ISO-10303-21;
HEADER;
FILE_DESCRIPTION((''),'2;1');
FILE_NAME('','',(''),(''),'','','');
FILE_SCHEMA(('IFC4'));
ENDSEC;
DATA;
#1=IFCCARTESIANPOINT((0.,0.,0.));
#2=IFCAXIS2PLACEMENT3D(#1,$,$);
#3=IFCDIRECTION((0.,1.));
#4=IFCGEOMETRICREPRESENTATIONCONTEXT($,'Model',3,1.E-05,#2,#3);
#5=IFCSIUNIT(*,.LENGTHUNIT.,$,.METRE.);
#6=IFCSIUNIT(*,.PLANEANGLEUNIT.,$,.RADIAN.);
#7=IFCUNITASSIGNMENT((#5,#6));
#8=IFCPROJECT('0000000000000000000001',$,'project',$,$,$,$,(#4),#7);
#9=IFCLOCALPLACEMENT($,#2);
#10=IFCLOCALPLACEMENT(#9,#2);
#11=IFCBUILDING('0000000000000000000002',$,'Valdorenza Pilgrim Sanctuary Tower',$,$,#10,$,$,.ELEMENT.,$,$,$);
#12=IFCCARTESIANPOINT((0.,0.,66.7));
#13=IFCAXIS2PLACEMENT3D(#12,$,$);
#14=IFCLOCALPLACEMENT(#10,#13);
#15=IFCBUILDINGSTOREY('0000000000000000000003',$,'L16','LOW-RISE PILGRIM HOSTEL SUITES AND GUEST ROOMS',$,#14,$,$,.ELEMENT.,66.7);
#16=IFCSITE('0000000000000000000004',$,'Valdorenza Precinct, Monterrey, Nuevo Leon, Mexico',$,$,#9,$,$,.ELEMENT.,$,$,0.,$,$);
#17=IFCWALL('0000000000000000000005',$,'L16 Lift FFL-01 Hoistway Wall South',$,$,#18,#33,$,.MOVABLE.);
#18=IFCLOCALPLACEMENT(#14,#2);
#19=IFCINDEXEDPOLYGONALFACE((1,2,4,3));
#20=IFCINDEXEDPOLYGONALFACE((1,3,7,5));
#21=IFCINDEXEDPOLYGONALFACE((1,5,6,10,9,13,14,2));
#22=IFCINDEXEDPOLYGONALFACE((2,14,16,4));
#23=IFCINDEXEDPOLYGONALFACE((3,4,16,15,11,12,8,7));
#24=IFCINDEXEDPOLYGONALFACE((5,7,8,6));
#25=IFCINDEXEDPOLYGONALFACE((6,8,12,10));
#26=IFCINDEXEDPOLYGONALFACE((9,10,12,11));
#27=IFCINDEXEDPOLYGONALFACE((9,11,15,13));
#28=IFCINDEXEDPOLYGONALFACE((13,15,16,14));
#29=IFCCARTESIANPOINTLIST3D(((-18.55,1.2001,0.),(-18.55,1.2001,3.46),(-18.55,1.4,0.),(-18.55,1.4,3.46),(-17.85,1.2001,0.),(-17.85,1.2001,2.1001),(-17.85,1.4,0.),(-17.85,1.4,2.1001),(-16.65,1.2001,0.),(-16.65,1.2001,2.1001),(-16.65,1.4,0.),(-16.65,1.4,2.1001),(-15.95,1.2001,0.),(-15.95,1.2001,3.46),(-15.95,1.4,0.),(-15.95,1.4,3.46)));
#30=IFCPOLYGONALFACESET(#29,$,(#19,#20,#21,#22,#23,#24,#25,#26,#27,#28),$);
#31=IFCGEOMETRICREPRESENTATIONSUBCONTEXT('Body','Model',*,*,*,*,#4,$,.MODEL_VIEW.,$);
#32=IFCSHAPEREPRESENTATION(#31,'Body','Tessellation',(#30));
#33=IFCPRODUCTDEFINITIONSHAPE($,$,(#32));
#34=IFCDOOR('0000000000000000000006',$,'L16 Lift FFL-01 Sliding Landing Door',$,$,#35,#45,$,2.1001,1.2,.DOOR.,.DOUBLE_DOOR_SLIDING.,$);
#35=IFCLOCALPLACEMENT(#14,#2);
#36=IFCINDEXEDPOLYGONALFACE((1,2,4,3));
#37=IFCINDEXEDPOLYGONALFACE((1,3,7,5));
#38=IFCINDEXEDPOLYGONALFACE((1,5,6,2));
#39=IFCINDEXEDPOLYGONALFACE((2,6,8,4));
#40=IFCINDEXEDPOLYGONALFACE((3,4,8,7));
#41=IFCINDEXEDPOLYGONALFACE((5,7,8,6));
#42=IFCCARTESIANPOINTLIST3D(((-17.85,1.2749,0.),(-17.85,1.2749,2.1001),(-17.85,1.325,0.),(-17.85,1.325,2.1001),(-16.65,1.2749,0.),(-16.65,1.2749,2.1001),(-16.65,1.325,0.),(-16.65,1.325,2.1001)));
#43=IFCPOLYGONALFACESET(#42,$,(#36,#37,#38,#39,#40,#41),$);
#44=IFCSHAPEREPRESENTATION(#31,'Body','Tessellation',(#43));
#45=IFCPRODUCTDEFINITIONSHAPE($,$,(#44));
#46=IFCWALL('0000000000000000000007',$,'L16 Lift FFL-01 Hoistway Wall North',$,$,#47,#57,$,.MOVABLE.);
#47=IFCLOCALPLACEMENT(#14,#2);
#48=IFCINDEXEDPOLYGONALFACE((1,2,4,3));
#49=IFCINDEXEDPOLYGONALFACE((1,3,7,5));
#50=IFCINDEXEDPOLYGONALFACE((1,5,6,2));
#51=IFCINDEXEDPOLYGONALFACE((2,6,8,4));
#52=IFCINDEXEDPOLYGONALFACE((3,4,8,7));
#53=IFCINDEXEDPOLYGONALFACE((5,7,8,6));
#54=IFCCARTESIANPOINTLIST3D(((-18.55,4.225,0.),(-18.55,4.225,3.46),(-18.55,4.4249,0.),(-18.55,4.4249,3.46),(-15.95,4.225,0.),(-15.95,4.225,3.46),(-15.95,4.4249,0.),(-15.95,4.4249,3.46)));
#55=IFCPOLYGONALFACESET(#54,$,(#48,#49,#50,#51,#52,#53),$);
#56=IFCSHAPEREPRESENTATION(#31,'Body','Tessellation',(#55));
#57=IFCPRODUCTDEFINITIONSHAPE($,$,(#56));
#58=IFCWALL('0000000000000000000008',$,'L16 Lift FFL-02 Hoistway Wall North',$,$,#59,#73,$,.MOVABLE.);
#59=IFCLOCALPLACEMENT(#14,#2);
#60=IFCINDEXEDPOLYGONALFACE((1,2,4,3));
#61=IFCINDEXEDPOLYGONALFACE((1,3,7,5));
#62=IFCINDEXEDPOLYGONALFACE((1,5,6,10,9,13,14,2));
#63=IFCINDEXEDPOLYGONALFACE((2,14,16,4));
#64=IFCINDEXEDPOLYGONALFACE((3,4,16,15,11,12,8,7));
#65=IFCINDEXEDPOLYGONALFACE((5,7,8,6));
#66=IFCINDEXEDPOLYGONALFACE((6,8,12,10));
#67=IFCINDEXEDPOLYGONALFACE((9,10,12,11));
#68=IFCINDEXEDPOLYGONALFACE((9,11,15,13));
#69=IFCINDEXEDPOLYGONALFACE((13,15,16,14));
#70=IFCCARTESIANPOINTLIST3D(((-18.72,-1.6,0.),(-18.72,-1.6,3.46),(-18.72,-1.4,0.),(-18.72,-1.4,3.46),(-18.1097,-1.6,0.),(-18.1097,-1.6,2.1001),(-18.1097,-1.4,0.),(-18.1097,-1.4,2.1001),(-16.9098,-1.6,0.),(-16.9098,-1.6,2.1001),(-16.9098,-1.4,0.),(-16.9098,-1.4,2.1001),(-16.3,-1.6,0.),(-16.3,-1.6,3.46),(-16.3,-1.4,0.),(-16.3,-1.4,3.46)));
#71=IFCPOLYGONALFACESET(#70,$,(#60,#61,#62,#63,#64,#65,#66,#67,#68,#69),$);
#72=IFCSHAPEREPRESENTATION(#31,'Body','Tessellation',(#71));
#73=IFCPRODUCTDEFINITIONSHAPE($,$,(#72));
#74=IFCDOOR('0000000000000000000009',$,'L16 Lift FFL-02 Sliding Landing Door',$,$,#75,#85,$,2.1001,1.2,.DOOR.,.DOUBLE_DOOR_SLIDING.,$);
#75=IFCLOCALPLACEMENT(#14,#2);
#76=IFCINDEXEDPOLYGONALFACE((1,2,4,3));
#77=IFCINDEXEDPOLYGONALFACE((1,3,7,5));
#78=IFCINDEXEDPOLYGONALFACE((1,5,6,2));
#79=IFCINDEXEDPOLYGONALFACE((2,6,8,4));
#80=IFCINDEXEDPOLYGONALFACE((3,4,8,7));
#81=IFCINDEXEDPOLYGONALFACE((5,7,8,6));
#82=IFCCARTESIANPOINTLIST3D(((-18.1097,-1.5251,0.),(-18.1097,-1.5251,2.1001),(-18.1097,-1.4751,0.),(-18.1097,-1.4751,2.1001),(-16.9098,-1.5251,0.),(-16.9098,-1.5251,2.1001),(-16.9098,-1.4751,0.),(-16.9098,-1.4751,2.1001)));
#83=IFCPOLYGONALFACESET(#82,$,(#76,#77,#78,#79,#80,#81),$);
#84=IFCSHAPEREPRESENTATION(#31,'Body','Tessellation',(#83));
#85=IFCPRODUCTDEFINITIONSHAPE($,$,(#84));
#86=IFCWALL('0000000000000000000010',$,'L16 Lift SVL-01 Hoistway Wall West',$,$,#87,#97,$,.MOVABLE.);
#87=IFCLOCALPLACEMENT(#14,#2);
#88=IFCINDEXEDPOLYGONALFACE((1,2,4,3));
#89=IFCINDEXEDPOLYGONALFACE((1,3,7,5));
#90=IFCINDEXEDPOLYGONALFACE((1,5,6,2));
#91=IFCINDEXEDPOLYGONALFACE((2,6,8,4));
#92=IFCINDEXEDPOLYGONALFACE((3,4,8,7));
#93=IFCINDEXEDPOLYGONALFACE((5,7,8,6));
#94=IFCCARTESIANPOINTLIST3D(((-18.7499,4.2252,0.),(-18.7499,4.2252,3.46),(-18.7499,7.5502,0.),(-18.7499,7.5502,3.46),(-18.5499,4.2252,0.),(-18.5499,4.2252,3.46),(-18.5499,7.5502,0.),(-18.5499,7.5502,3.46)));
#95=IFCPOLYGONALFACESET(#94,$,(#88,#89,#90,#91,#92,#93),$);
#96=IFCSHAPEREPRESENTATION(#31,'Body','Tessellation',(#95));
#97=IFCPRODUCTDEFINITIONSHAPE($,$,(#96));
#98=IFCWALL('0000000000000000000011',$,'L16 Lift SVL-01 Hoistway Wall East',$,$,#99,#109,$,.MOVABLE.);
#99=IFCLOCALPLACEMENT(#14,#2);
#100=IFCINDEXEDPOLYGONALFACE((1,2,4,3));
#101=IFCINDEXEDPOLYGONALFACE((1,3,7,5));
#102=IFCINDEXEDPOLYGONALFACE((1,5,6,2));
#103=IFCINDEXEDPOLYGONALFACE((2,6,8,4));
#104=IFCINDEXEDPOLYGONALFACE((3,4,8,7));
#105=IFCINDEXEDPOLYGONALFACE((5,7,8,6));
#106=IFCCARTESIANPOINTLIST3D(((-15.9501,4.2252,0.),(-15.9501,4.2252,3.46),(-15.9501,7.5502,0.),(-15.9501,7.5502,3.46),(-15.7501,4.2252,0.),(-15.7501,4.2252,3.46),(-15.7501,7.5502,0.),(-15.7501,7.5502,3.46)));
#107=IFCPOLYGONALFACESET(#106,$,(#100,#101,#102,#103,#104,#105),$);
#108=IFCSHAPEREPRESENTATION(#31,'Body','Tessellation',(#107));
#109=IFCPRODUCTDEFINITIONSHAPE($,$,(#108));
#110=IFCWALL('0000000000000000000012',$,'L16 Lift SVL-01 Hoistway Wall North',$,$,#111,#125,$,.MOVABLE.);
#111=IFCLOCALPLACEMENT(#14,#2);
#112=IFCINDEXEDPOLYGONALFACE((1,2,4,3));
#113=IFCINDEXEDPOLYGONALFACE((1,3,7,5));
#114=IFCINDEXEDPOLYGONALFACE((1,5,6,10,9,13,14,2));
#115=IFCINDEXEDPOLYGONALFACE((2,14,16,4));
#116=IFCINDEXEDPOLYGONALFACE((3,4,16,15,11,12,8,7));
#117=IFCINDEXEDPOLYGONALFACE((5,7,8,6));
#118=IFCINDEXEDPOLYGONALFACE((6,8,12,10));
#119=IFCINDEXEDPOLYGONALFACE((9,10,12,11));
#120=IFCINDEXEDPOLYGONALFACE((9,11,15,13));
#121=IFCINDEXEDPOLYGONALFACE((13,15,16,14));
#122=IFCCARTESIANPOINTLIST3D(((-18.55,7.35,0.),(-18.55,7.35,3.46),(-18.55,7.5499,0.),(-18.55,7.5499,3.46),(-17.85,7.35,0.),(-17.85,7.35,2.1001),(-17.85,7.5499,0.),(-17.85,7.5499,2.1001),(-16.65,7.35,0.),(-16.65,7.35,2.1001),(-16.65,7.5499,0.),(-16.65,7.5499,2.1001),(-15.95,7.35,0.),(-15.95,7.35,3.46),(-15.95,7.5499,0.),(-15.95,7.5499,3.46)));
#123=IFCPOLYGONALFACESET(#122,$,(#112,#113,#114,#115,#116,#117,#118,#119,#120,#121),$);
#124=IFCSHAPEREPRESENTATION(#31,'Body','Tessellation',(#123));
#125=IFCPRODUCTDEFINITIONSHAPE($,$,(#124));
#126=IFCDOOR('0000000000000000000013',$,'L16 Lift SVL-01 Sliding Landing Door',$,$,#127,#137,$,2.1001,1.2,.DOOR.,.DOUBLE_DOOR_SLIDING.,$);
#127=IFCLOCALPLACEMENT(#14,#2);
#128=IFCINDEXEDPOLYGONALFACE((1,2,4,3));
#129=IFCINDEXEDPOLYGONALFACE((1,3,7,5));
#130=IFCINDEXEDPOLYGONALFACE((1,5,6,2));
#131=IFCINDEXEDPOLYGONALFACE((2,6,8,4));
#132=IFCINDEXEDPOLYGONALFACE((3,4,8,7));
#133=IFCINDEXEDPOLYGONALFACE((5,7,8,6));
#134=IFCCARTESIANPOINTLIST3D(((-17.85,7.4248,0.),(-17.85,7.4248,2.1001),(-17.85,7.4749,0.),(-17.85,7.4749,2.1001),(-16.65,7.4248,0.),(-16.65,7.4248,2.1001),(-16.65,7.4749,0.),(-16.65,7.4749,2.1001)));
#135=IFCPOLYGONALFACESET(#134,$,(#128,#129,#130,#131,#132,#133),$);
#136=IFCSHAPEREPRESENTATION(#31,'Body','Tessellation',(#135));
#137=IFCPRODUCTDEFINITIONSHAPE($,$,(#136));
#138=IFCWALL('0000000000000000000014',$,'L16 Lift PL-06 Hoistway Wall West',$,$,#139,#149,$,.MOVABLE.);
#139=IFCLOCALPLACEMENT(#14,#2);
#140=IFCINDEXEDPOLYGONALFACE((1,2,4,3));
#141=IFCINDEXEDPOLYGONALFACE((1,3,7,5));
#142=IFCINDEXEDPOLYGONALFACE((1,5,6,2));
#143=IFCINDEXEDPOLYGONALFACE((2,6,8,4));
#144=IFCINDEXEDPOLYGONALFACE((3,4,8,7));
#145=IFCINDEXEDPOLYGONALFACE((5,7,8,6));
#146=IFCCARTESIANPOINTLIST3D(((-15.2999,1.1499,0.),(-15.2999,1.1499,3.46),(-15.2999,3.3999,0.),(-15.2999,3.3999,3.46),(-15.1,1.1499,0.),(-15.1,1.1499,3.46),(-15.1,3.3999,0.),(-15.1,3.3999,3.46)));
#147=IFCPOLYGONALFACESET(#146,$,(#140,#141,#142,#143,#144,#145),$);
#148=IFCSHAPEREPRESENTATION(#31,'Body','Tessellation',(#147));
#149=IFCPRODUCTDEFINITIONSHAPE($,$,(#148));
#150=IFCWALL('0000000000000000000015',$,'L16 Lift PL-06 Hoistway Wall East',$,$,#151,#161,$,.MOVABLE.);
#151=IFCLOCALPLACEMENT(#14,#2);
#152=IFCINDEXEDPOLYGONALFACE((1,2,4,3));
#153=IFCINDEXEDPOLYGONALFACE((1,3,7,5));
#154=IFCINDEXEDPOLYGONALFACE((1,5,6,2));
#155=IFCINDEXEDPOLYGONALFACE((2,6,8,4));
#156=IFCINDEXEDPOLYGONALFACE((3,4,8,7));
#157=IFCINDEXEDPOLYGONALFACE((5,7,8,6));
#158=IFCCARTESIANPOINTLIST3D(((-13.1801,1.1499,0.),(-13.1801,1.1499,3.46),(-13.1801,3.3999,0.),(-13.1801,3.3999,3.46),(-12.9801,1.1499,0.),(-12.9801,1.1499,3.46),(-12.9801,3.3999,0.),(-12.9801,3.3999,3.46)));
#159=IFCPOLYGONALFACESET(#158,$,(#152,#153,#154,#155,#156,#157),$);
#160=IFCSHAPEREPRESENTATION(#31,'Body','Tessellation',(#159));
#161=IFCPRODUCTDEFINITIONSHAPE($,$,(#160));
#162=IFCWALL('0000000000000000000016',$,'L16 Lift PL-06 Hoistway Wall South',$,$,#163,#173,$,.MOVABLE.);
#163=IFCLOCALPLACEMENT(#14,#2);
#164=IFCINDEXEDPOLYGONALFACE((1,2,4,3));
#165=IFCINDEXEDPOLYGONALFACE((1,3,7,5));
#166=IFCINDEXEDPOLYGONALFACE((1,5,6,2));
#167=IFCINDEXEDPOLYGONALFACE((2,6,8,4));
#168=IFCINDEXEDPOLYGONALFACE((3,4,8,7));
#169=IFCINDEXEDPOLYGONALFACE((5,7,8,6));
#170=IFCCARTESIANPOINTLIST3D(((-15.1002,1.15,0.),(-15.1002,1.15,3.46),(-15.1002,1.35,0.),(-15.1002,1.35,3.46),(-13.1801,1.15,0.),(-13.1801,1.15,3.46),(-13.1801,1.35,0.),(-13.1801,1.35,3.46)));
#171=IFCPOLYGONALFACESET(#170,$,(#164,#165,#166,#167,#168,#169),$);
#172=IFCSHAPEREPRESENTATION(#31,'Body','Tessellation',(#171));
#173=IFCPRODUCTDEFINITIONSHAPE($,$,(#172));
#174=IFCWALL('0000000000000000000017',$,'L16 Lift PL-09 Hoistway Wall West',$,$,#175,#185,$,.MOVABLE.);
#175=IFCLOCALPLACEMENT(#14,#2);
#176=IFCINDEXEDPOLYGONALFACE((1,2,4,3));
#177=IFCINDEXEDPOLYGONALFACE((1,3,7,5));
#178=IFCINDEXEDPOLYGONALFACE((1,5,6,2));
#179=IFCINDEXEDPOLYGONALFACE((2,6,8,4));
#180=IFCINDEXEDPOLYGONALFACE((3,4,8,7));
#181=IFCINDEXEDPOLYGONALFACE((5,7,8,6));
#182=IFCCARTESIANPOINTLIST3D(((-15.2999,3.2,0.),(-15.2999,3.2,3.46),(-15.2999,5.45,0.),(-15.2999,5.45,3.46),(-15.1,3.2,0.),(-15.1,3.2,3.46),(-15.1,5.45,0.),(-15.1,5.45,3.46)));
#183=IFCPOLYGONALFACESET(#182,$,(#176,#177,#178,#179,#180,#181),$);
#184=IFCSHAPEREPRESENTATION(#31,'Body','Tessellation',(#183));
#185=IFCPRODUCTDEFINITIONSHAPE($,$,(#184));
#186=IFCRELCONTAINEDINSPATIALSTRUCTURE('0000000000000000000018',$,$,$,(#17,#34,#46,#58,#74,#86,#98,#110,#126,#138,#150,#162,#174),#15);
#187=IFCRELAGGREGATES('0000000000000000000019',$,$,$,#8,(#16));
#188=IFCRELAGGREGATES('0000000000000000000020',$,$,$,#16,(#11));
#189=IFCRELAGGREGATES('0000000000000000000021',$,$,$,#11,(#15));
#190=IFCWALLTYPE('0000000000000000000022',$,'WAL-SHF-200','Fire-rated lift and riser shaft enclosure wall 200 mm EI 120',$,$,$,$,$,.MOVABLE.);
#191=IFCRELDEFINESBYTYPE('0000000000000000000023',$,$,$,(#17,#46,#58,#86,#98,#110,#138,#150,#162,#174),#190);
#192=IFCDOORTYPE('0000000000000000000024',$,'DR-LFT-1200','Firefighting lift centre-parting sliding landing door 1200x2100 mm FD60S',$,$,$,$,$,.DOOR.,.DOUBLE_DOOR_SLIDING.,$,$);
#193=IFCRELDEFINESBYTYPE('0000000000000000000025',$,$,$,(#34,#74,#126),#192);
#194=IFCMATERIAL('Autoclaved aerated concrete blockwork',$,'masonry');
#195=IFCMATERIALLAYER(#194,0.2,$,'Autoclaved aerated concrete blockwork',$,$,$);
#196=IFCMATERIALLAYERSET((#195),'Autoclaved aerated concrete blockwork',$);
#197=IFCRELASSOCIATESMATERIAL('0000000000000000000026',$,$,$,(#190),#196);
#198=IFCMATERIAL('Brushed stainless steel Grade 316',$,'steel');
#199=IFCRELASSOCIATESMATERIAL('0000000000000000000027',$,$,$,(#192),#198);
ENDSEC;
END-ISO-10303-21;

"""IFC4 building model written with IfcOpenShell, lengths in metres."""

from ifc_helpers import new_model, si_unit, direction, frame, frame_2d, origin, place, context, subcontext, project, spatial, rectangle, extrude, material, layer, layer_set, type_object, element, fill, save


model = new_model("IFC4")

# Units and contexts
model_context = context("Model", 3, precision=1e-05, world=origin(), true_north=direction((0.0, 1.0)))
body_context = subcontext(model_context, "Body", "Model", "MODEL_VIEW")
ifc_project = project(units=[si_unit("LENGTHUNIT", "METRE"), si_unit("PLANEANGLEUNIT", "RADIAN")], contexts=[model_context])

# Site, building, storey
site_placement = place(None, origin())
site = spatial("IfcSite", under=ifc_project, at=site_placement, Name="Valdorenza Precinct, Monterrey, Nuevo Leon, Mexico", CompositionType="ELEMENT", RefElevation=0.0)
building_placement = place(site_placement, origin())
building = spatial("IfcBuilding", under=site, at=building_placement, Name="Valdorenza Pilgrim Sanctuary Tower", CompositionType="ELEMENT")
storey_placement = place(building_placement, frame((0.0, 0.0, 66.7)))
storey = spatial("IfcBuildingStorey", under=building, at=storey_placement, Name="L16", Description="LOW-RISE PILGRIM HOSTEL SUITES AND GUEST ROOMS", CompositionType="ELEMENT", Elevation=66.7)

# Shared definitions
ifc_material_1 = material(Name="Autoclaved aerated concrete blockwork", Category="masonry")
ifc_layer_1 = layer(ifc_material_1, 0.2, Name="Autoclaved aerated concrete blockwork")
ifc_layer_set_1 = layer_set([ifc_layer_1], Name="Autoclaved aerated concrete blockwork")
wall_type_1 = type_object("IfcWallType", Name="WAL-SHF-200", Description="Fire-rated lift and riser shaft enclosure wall 200 mm EI 120", PredefinedType="MOVABLE", material=ifc_layer_set_1)

# Wall, opening, door
wall_1_placement = place(storey_placement, frame((-18.55, 1.3, 0.0), z_axis=(0.0, 0.0, 1.0), x_axis=(1.0, 0.0, 0.0)))
wall_1 = element("IfcWall", 1, at=wall_1_placement, inside=storey, type_object=wall_type_1, Name="L16 Lift FFL-01 Hoistway Wall South", PredefinedType="MOVABLE", context=body_context, shape_type="SweptSolid", body=[
    extrude(rectangle(XDim=2.6001, YDim=0.2, at=frame_2d((1.3, 0.0))), origin(), (0.0, 0.0, 1.0), 3.46),
])
opening_1_placement = place(wall_1_placement, frame((0.7, 0.0, 0.0)))
opening_1 = element("IfcOpeningElement", 2, at=opening_1_placement, cuts=wall_1, PredefinedType="OPENING", context=body_context, shape_type="SweptSolid", body=[
    extrude(rectangle(XDim=1.2, YDim=2.1001, at=frame_2d((0.6001, 1.05))), frame((0.0, 0.1147, 0.0), z_axis=(0.0, -1.0, 0.0), x_axis=(1.0, 0.0, 0.0)), (0.0, 0.0, 1.0), 0.2297),
])
ifc_material_2 = material(Name="Brushed stainless steel Grade 316", Category="steel")
door_type_1 = type_object("IfcDoorType", Name="DR-LFT-1200", Description="Firefighting lift centre-parting sliding landing door 1200x2100 mm FD60S", OperationType="DOUBLE_DOOR_SLIDING", PredefinedType="DOOR", material=ifc_material_2)
door_1_placement = place(opening_1_placement, origin())
door_1 = element("IfcDoor", 3, at=door_1_placement, inside=storey, type_object=door_type_1, Name="L16 Lift FFL-01 Sliding Landing Door", OperationType="DOUBLE_DOOR_SLIDING", OverallHeight=2.1001, OverallWidth=1.2, PredefinedType="DOOR", context=body_context, shape_type="SweptSolid", body=[
    extrude(rectangle(XDim=1.2, YDim=2.1001, at=frame_2d((0.6001, 1.05))), frame((0.0, 0.0249, 0.0), z_axis=(0.0, -1.0, 0.0), x_axis=(1.0, 0.0, 0.0)), (0.0, 0.0, 1.0), 0.05),
])
fill(opening_1, door_1)

# Wall
wall_2_placement = place(storey_placement, frame((-18.55, 4.325, 0.0), z_axis=(0.0, 0.0, 1.0), x_axis=(1.0, 0.0, 0.0)))
element("IfcWall", 4, at=wall_2_placement, inside=storey, type_object=wall_type_1, Name="L16 Lift FFL-01 Hoistway Wall North", PredefinedType="MOVABLE", context=body_context, shape_type="SweptSolid", body=[
    extrude(rectangle(XDim=2.6001, YDim=0.2, at=frame_2d((1.3, 0.0))), origin(), (0.0, 0.0, 1.0), 3.46),
])

# Wall, opening, door
wall_3_placement = place(storey_placement, frame((-18.72, -1.5, 0.0), z_axis=(0.0, 0.0, 1.0), x_axis=(1.0, 0.0, 0.0)))
wall_3 = element("IfcWall", 5, at=wall_3_placement, inside=storey, type_object=wall_type_1, Name="L16 Lift FFL-02 Hoistway Wall North", PredefinedType="MOVABLE", context=body_context, shape_type="SweptSolid", body=[
    extrude(rectangle(XDim=2.4199, YDim=0.2, at=frame_2d((1.21, 0.0))), origin(), (0.0, 0.0, 1.0), 3.46),
])
opening_2_placement = place(wall_3_placement, frame((0.6101, 0.0, 0.0)))
opening_2 = element("IfcOpeningElement", 6, at=opening_2_placement, cuts=wall_3, PredefinedType="OPENING", context=body_context, shape_type="SweptSolid", body=[
    extrude(rectangle(XDim=1.2, YDim=2.1001, at=frame_2d((0.6001, 1.05))), frame((0.0, 0.1147, 0.0), z_axis=(0.0, -1.0, 0.0), x_axis=(1.0, 0.0, 0.0)), (0.0, 0.0, 1.0), 0.2297),
])
door_2_placement = place(opening_2_placement, origin())
door_2 = element("IfcDoor", 7, at=door_2_placement, inside=storey, type_object=door_type_1, Name="L16 Lift FFL-02 Sliding Landing Door", OperationType="DOUBLE_DOOR_SLIDING", OverallHeight=2.1001, OverallWidth=1.2, PredefinedType="DOOR", context=body_context, shape_type="SweptSolid", body=[
    extrude(rectangle(XDim=1.2, YDim=2.1001, at=frame_2d((0.6001, 1.05))), frame((0.0, 0.0249, 0.0), z_axis=(0.0, -1.0, 0.0), x_axis=(1.0, 0.0, 0.0)), (0.0, 0.0, 1.0), 0.05),
])
fill(opening_2, door_2)

# Walls
for number, where, z_axis, x_axis, name in (
    (8, (-18.6499, 4.2251, 0.0), (0.0, 0.0, 1.0), (0.0, 1.0, 0.0), "L16 Lift SVL-01 Hoistway Wall West"),
    (9, (-15.8501, 4.2251, 0.0), (0.0, 0.0, 1.0), (0.0, 1.0, 0.0), "L16 Lift SVL-01 Hoistway Wall East"),
):
    element("IfcWall", number, at=place(storey_placement, frame(where, z_axis=z_axis, x_axis=x_axis)), inside=storey, type_object=wall_type_1, Name=name, PredefinedType="MOVABLE", context=body_context, shape_type="SweptSolid", body=[
        extrude(rectangle(XDim=3.325, YDim=0.2, at=frame_2d((1.6626, 0.0))), origin(), (0.0, 0.0, 1.0), 3.46),
    ])

# Wall, opening, door
wall_4_placement = place(storey_placement, frame((-18.55, 7.45, 0.0), z_axis=(0.0, 0.0, 1.0), x_axis=(1.0, 0.0, 0.0)))
wall_4 = element("IfcWall", 10, at=wall_4_placement, inside=storey, type_object=wall_type_1, Name="L16 Lift SVL-01 Hoistway Wall North", PredefinedType="MOVABLE", context=body_context, shape_type="SweptSolid", body=[
    extrude(rectangle(XDim=2.6001, YDim=0.2, at=frame_2d((1.3, 0.0))), origin(), (0.0, 0.0, 1.0), 3.46),
])
opening_3_placement = place(wall_4_placement, frame((0.7, 0.0, 0.0)))
opening_3 = element("IfcOpeningElement", 11, at=opening_3_placement, cuts=wall_4, PredefinedType="OPENING", context=body_context, shape_type="SweptSolid", body=[
    extrude(rectangle(XDim=1.2, YDim=2.1001, at=frame_2d((0.6001, 1.05))), frame((0.0, 0.1147, 0.0), z_axis=(0.0, -1.0, 0.0), x_axis=(1.0, 0.0, 0.0)), (0.0, 0.0, 1.0), 0.2297),
])
door_3_placement = place(opening_3_placement, origin())
door_3 = element("IfcDoor", 12, at=door_3_placement, inside=storey, type_object=door_type_1, Name="L16 Lift SVL-01 Sliding Landing Door", OperationType="DOUBLE_DOOR_SLIDING", OverallHeight=2.1001, OverallWidth=1.2, PredefinedType="DOOR", context=body_context, shape_type="SweptSolid", body=[
    extrude(rectangle(XDim=1.2, YDim=2.1001, at=frame_2d((0.6001, 1.05))), frame((0.0, 0.0249, 0.0), z_axis=(0.0, -1.0, 0.0), x_axis=(1.0, 0.0, 0.0)), (0.0, 0.0, 1.0), 0.05),
])
fill(opening_3, door_3)

# Walls
for number, where, z_axis, x_axis, name in (
    (13, (-15.2, 1.1499, 0.0), (0.0, 0.0, 1.0), (0.0, 1.0, 0.0), "L16 Lift PL-06 Hoistway Wall West"),
    (14, (-13.0801, 1.1499, 0.0), (0.0, 0.0, 1.0), (0.0, 1.0, 0.0), "L16 Lift PL-06 Hoistway Wall East"),
):
    element("IfcWall", number, at=place(storey_placement, frame(where, z_axis=z_axis, x_axis=x_axis)), inside=storey, type_object=wall_type_1, Name=name, PredefinedType="MOVABLE", context=body_context, shape_type="SweptSolid", body=[
        extrude(rectangle(XDim=2.25, YDim=0.2, at=frame_2d((1.125, 0.0))), origin(), (0.0, 0.0, 1.0), 3.46),
    ])
wall_5_placement = place(storey_placement, frame((-15.1001, 1.25, 0.0), z_axis=(0.0, 0.0, 1.0), x_axis=(1.0, 0.0, 0.0)))
element("IfcWall", 15, at=wall_5_placement, inside=storey, type_object=wall_type_1, Name="L16 Lift PL-06 Hoistway Wall South", PredefinedType="MOVABLE", context=body_context, shape_type="SweptSolid", body=[
    extrude(rectangle(XDim=1.9202, YDim=0.2, at=frame_2d((0.96, 0.0))), origin(), (0.0, 0.0, 1.0), 3.46),
])
for number, where, z_axis, x_axis, name in (
    (16, (-15.2, 3.2, 0.0), (0.0, 0.0, 1.0), (0.0, 1.0, 0.0), "L16 Lift PL-09 Hoistway Wall West"),
):
    element("IfcWall", number, at=place(storey_placement, frame(where, z_axis=z_axis, x_axis=x_axis)), inside=storey, type_object=wall_type_1, Name=name, PredefinedType="MOVABLE", context=body_context, shape_type="SweptSolid", body=[
        extrude(rectangle(XDim=2.25, YDim=0.2, at=frame_2d((1.125, 0.0))), origin(), (0.0, 0.0, 1.0), 3.46),
    ])

save(model, "model.ifc")
